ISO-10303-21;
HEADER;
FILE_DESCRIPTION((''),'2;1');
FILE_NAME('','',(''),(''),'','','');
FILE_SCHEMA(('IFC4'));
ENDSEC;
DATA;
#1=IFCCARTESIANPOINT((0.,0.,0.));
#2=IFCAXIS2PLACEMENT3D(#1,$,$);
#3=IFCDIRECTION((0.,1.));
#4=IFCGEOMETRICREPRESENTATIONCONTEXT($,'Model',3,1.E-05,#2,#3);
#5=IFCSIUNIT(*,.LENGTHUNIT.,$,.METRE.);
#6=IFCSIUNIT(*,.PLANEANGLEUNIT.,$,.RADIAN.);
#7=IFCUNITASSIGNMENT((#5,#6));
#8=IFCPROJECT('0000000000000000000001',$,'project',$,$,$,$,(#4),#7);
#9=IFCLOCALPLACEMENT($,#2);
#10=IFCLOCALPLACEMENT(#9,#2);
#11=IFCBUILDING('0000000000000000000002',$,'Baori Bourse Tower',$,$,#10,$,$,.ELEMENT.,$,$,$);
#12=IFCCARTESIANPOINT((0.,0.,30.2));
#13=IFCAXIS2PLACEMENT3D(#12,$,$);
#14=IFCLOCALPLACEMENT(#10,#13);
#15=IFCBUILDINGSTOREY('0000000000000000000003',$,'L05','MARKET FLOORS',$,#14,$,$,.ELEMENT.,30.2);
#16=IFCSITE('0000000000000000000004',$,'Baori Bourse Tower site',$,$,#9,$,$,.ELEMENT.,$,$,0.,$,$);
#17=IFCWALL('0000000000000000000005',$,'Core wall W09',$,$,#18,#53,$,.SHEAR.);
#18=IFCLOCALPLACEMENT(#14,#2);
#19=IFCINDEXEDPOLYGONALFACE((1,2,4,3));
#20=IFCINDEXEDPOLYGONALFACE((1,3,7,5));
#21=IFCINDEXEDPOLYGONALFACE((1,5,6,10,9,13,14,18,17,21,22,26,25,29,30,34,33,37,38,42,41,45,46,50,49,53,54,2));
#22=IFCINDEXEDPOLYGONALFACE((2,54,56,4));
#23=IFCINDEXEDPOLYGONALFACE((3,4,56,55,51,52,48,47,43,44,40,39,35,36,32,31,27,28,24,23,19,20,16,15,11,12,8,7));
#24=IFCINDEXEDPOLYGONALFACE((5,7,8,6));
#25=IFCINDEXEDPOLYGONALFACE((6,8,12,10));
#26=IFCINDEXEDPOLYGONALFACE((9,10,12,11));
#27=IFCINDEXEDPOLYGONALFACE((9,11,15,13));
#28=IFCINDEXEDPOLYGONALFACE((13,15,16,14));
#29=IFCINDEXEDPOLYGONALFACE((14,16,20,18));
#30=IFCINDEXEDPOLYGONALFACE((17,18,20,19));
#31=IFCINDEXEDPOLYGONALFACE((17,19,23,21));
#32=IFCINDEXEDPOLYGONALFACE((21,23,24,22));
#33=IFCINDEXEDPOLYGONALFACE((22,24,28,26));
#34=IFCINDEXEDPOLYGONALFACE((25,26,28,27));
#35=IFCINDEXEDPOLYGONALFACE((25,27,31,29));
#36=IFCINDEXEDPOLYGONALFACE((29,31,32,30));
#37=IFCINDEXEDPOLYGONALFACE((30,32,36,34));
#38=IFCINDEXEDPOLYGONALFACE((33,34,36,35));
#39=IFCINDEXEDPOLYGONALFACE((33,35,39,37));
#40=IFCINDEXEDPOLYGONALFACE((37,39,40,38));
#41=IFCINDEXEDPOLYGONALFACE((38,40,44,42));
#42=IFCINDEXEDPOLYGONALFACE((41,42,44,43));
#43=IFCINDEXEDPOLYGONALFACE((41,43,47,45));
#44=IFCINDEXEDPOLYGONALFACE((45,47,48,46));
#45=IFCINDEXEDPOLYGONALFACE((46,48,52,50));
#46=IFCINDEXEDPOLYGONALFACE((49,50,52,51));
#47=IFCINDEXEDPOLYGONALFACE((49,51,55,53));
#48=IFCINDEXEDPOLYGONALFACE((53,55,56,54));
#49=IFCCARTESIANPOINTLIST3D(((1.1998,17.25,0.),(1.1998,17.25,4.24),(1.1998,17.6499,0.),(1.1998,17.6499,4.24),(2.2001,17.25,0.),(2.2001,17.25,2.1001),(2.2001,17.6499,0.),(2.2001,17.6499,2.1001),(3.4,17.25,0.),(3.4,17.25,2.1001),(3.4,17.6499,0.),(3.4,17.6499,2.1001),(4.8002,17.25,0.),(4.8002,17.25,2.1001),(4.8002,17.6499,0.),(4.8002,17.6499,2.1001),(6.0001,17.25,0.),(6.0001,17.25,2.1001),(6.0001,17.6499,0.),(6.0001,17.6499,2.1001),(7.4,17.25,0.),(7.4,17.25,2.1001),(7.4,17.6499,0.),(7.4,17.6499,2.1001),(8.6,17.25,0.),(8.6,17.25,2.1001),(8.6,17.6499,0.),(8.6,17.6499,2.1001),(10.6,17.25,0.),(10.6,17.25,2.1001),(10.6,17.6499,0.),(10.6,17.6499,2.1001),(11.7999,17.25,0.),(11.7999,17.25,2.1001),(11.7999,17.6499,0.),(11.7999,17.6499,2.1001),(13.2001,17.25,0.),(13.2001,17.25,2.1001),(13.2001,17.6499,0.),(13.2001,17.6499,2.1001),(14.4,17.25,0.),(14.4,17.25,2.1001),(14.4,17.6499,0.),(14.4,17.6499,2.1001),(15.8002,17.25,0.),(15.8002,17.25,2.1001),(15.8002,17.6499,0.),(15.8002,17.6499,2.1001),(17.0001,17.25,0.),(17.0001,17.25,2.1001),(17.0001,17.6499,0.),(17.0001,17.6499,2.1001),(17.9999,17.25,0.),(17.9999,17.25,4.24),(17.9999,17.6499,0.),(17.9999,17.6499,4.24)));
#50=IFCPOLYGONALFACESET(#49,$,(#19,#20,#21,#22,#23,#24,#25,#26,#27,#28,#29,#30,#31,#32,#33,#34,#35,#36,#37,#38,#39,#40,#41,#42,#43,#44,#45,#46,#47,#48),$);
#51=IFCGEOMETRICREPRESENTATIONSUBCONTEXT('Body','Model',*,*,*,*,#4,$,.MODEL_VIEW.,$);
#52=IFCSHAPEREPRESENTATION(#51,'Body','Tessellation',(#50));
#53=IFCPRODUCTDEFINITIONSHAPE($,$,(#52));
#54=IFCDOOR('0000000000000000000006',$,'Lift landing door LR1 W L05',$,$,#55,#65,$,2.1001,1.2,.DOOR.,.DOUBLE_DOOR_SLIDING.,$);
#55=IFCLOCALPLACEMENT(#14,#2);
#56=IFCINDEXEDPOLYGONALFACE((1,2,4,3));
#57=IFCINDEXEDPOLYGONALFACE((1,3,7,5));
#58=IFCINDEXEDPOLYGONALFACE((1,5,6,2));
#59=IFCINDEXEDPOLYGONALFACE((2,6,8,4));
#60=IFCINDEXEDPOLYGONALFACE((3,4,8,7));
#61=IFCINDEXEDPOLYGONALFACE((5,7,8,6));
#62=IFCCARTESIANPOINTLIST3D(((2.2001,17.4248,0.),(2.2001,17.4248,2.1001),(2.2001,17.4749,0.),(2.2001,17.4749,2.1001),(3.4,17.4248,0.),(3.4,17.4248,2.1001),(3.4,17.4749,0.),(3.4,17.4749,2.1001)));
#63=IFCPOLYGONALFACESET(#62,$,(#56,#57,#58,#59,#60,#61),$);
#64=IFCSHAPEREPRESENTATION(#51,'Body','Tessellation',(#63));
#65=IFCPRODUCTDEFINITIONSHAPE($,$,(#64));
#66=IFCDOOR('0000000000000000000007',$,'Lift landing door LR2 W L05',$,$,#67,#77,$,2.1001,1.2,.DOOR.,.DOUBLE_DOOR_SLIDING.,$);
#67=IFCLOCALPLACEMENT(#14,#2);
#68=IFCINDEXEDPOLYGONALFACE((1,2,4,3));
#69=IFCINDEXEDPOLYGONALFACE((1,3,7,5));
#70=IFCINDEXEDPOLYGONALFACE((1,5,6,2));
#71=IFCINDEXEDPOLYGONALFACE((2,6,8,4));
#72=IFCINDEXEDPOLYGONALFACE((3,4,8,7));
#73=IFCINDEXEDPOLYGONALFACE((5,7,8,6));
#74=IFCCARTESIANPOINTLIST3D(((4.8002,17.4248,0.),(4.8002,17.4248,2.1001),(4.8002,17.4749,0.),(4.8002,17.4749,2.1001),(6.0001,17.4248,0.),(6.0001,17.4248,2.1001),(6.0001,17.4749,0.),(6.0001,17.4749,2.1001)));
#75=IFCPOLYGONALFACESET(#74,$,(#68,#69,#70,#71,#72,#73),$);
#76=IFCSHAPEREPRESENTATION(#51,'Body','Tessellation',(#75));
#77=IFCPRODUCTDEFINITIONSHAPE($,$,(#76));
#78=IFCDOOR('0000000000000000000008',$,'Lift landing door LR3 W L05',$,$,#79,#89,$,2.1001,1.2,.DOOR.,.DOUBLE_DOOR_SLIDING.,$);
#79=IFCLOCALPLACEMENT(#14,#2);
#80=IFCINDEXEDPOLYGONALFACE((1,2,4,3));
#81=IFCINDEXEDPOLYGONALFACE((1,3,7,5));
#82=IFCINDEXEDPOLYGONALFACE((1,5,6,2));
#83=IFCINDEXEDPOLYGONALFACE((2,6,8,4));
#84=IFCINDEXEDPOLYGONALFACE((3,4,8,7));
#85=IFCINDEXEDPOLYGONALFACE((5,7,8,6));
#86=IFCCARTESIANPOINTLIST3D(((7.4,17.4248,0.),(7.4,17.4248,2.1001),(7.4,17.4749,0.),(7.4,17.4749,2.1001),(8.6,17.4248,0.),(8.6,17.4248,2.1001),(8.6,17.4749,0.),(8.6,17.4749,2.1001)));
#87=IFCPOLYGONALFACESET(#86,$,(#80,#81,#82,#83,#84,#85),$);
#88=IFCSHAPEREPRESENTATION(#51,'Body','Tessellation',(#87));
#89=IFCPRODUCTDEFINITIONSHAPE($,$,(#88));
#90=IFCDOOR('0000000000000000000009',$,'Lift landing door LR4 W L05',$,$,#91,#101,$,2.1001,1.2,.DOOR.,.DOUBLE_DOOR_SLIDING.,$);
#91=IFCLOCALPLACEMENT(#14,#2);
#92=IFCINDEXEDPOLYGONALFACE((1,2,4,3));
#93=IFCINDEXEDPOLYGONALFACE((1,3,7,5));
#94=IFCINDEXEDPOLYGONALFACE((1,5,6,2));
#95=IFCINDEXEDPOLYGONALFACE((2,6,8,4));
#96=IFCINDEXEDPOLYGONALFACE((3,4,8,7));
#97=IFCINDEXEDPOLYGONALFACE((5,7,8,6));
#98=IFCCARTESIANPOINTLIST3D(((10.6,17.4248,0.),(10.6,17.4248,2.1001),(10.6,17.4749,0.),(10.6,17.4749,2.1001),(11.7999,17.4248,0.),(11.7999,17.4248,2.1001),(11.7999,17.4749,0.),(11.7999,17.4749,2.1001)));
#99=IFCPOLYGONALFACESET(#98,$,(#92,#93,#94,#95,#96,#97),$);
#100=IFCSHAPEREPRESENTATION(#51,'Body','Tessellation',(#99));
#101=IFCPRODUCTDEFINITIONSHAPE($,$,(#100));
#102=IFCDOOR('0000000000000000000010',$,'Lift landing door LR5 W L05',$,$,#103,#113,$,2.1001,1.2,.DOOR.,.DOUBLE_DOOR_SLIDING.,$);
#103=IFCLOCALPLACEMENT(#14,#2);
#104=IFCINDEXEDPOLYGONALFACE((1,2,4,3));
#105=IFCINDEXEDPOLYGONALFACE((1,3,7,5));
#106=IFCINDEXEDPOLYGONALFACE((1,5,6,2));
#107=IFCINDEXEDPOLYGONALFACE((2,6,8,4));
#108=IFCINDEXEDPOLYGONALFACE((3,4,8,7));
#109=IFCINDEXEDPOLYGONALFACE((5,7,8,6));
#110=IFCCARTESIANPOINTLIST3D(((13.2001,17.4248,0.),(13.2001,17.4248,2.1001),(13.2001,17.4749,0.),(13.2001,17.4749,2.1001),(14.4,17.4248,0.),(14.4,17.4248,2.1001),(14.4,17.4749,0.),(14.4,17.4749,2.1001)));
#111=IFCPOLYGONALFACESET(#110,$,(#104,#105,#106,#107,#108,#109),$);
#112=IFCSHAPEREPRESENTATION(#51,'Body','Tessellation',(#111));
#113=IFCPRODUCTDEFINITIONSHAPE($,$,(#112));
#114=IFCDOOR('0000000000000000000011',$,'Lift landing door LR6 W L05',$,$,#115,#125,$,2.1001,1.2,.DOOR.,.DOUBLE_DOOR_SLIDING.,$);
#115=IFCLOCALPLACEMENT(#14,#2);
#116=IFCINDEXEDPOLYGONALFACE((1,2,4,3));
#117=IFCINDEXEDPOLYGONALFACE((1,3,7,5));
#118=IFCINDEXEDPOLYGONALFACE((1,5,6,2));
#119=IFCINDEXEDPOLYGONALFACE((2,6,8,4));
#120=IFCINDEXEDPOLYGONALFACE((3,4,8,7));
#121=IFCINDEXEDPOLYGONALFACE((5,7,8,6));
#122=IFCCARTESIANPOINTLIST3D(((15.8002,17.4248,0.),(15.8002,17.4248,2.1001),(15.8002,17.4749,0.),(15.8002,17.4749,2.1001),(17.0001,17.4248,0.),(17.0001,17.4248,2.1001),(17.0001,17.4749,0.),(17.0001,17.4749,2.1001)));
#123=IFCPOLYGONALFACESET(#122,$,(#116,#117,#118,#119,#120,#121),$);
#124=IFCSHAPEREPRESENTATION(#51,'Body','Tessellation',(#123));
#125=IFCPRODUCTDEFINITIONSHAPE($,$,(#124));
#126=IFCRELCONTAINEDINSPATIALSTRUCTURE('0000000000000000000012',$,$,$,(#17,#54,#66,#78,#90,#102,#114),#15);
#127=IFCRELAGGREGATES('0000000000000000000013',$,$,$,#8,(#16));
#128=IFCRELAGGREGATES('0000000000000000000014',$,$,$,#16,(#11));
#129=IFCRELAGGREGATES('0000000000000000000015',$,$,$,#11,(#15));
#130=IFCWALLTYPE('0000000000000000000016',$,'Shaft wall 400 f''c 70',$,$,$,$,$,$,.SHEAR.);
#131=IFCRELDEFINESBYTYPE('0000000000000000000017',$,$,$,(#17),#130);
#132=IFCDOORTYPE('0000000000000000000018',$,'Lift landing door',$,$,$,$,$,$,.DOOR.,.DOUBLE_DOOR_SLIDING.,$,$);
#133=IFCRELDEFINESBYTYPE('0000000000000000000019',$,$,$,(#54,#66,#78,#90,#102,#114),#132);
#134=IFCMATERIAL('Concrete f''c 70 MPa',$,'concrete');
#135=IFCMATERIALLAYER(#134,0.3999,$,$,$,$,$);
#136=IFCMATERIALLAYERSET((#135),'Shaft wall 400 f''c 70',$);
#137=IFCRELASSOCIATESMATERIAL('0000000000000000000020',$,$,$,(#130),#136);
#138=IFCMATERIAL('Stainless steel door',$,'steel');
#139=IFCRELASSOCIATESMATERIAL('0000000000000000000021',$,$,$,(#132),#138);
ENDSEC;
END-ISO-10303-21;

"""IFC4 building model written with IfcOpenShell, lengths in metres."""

from ifc_helpers import new_model, si_unit, direction, frame, frame_2d, origin, place, context, subcontext, project, spatial, rectangle, extrude, material, layer, layer_set, type_object, element, fill, save


model = new_model("IFC4")

# Units and contexts
model_context = context("Model", 3, precision=1e-05, world=origin(), true_north=direction((0.0, 1.0)))
body_context = subcontext(model_context, "Body", "Model", "MODEL_VIEW")
ifc_project = project(units=[si_unit("LENGTHUNIT", "METRE"), si_unit("PLANEANGLEUNIT", "RADIAN")], contexts=[model_context])

# Site, building, storey
site_placement = place(None, origin())
site = spatial("IfcSite", under=ifc_project, at=site_placement, Name="Baori Bourse Tower site", CompositionType="ELEMENT", RefElevation=0.0)
building_placement = place(site_placement, origin())
building = spatial("IfcBuilding", under=site, at=building_placement, Name="Baori Bourse Tower", CompositionType="ELEMENT")
storey_placement = place(building_placement, frame((0.0, 0.0, 30.2)))
storey = spatial("IfcBuildingStorey", under=building, at=storey_placement, Name="L05", Description="MARKET FLOORS", CompositionType="ELEMENT", Elevation=30.2)

# Shared definitions
ifc_material_1 = material(Name="Concrete f'c 70 MPa", Category="concrete")
ifc_layer_1 = layer(ifc_material_1, 0.3999)
ifc_layer_set_1 = layer_set([ifc_layer_1], Name="Shaft wall 400 f'c 70")
wall_type_1 = type_object("IfcWallType", Name="Shaft wall 400 f'c 70", PredefinedType="SHEAR", material=ifc_layer_set_1)

# Wall, openings, doors
wall_1_placement = place(storey_placement, frame((1.2, 17.45, 0.0), z_axis=(0.0, 0.0, 1.0), x_axis=(1.0, 0.0, 0.0)))
wall_1 = element("IfcWall", 1, at=wall_1_placement, inside=storey, type_object=wall_type_1, Name="Core wall W09", PredefinedType="SHEAR", context=body_context, shape_type="SweptSolid", body=[
    extrude(rectangle(XDim=16.8, YDim=0.3999, at=frame_2d((8.3999, 0.0))), origin(), (0.0, 0.0, 1.0), 4.24),
])
opening_1_placement = place(wall_1_placement, frame((1.0, 0.0, 0.0)))
opening_1 = element("IfcOpeningElement", 2, at=opening_1_placement, cuts=wall_1, PredefinedType="OPENING", context=body_context, shape_type="SweptSolid", body=[
    extrude(rectangle(XDim=1.2, YDim=2.1001, at=frame_2d((0.6001, 1.05))), frame((0.0, 0.21, 0.0), z_axis=(0.0, -1.0, 0.0), x_axis=(1.0, 0.0, 0.0)), (0.0, 0.0, 1.0), 0.4199),
])
opening_2_placement = place(wall_1_placement, frame((3.6001, 0.0, 0.0)))
opening_2 = element("IfcOpeningElement", 3, at=opening_2_placement, cuts=wall_1, PredefinedType="OPENING", context=body_context, shape_type="SweptSolid", body=[
    extrude(rectangle(XDim=1.2, YDim=2.1001, at=frame_2d((0.6001, 1.05))), frame((0.0, 0.21, 0.0), z_axis=(0.0, -1.0, 0.0), x_axis=(1.0, 0.0, 0.0)), (0.0, 0.0, 1.0), 0.4199),
])
opening_3_placement = place(wall_1_placement, frame((6.2, 0.0, 0.0)))
opening_3 = element("IfcOpeningElement", 4, at=opening_3_placement, cuts=wall_1, PredefinedType="OPENING", context=body_context, shape_type="SweptSolid", body=[
    extrude(rectangle(XDim=1.2, YDim=2.1001, at=frame_2d((0.6001, 1.05))), frame((0.0, 0.21, 0.0), z_axis=(0.0, -1.0, 0.0), x_axis=(1.0, 0.0, 0.0)), (0.0, 0.0, 1.0), 0.4199),
])
opening_4_placement = place(wall_1_placement, frame((9.3999, 0.0, 0.0)))
opening_4 = element("IfcOpeningElement", 5, at=opening_4_placement, cuts=wall_1, PredefinedType="OPENING", context=body_context, shape_type="SweptSolid", body=[
    extrude(rectangle(XDim=1.2, YDim=2.1001, at=frame_2d((0.6001, 1.05))), frame((0.0, 0.21, 0.0), z_axis=(0.0, -1.0, 0.0), x_axis=(1.0, 0.0, 0.0)), (0.0, 0.0, 1.0), 0.4199),
])
opening_5_placement = place(wall_1_placement, frame((12.0, 0.0, 0.0)))
opening_5 = element("IfcOpeningElement", 6, at=opening_5_placement, cuts=wall_1, PredefinedType="OPENING", context=body_context, shape_type="SweptSolid", body=[
    extrude(rectangle(XDim=1.2, YDim=2.1001, at=frame_2d((0.6001, 1.05))), frame((0.0, 0.21, 0.0), z_axis=(0.0, -1.0, 0.0), x_axis=(1.0, 0.0, 0.0)), (0.0, 0.0, 1.0), 0.4199),
])
opening_6_placement = place(wall_1_placement, frame((14.6001, 0.0, 0.0)))
opening_6 = element("IfcOpeningElement", 7, at=opening_6_placement, cuts=wall_1, PredefinedType="OPENING", context=body_context, shape_type="SweptSolid", body=[
    extrude(rectangle(XDim=1.2, YDim=2.1001, at=frame_2d((0.6001, 1.05))), frame((0.0, 0.21, 0.0), z_axis=(0.0, -1.0, 0.0), x_axis=(1.0, 0.0, 0.0)), (0.0, 0.0, 1.0), 0.4199),
])
ifc_material_2 = material(Name="Stainless steel door", Category="steel")
door_type_1 = type_object("IfcDoorType", Name="Lift landing door", OperationType="DOUBLE_DOOR_SLIDING", PredefinedType="DOOR", material=ifc_material_2)
door_1_placement = place(opening_1_placement, origin())
door_1 = element("IfcDoor", 8, at=door_1_placement, inside=storey, type_object=door_type_1, Name="Lift landing door LR1 W L05", OperationType="DOUBLE_DOOR_SLIDING", OverallHeight=2.1001, OverallWidth=1.2, PredefinedType="DOOR", context=body_context, shape_type="SweptSolid", body=[
    extrude(rectangle(XDim=1.2, YDim=2.1001, at=frame_2d((0.6001, 1.05))), frame((0.0, 0.0249, 0.0), z_axis=(0.0, -1.0, 0.0), x_axis=(1.0, 0.0, 0.0)), (0.0, 0.0, 1.0), 0.05),
])
fill(opening_1, door_1)
door_2_placement = place(opening_2_placement, origin())
door_2 = element("IfcDoor", 9, at=door_2_placement, inside=storey, type_object=door_type_1, Name="Lift landing door LR2 W L05", OperationType="DOUBLE_DOOR_SLIDING", OverallHeight=2.1001, OverallWidth=1.2, PredefinedType="DOOR", context=body_context, shape_type="SweptSolid", body=[
    extrude(rectangle(XDim=1.2, YDim=2.1001, at=frame_2d((0.6001, 1.05))), frame((0.0, 0.0249, 0.0), z_axis=(0.0, -1.0, 0.0), x_axis=(1.0, 0.0, 0.0)), (0.0, 0.0, 1.0), 0.05),
])
fill(opening_2, door_2)
door_3_placement = place(opening_3_placement, origin())
door_3 = element("IfcDoor", 10, at=door_3_placement, inside=storey, type_object=door_type_1, Name="Lift landing door LR3 W L05", OperationType="DOUBLE_DOOR_SLIDING", OverallHeight=2.1001, OverallWidth=1.2, PredefinedType="DOOR", context=body_context, shape_type="SweptSolid", body=[
    extrude(rectangle(XDim=1.2, YDim=2.1001, at=frame_2d((0.6001, 1.05))), frame((0.0, 0.0249, 0.0), z_axis=(0.0, -1.0, 0.0), x_axis=(1.0, 0.0, 0.0)), (0.0, 0.0, 1.0), 0.05),
])
fill(opening_3, door_3)
door_4_placement = place(opening_4_placement, origin())
door_4 = element("IfcDoor", 11, at=door_4_placement, inside=storey, type_object=door_type_1, Name="Lift landing door LR4 W L05", OperationType="DOUBLE_DOOR_SLIDING", OverallHeight=2.1001, OverallWidth=1.2, PredefinedType="DOOR", context=body_context, shape_type="SweptSolid", body=[
    extrude(rectangle(XDim=1.2, YDim=2.1001, at=frame_2d((0.6001, 1.05))), frame((0.0, 0.0249, 0.0), z_axis=(0.0, -1.0, 0.0), x_axis=(1.0, 0.0, 0.0)), (0.0, 0.0, 1.0), 0.05),
])
fill(opening_4, door_4)
door_5_placement = place(opening_5_placement, origin())
door_5 = element("IfcDoor", 12, at=door_5_placement, inside=storey, type_object=door_type_1, Name="Lift landing door LR5 W L05", OperationType="DOUBLE_DOOR_SLIDING", OverallHeight=2.1001, OverallWidth=1.2, PredefinedType="DOOR", context=body_context, shape_type="SweptSolid", body=[
    extrude(rectangle(XDim=1.2, YDim=2.1001, at=frame_2d((0.6001, 1.05))), frame((0.0, 0.0249, 0.0), z_axis=(0.0, -1.0, 0.0), x_axis=(1.0, 0.0, 0.0)), (0.0, 0.0, 1.0), 0.05),
])
fill(opening_5, door_5)
door_6_placement = place(opening_6_placement, origin())
door_6 = element("IfcDoor", 13, at=door_6_placement, inside=storey, type_object=door_type_1, Name="Lift landing door LR6 W L05", OperationType="DOUBLE_DOOR_SLIDING", OverallHeight=2.1001, OverallWidth=1.2, PredefinedType="DOOR", context=body_context, shape_type="SweptSolid", body=[
    extrude(rectangle(XDim=1.2, YDim=2.1001, at=frame_2d((0.6001, 1.05))), frame((0.0, 0.0249, 0.0), z_axis=(0.0, -1.0, 0.0), x_axis=(1.0, 0.0, 0.0)), (0.0, 0.0, 1.0), 0.05),
])
fill(opening_6, door_6)

save(model, "model.ifc")
